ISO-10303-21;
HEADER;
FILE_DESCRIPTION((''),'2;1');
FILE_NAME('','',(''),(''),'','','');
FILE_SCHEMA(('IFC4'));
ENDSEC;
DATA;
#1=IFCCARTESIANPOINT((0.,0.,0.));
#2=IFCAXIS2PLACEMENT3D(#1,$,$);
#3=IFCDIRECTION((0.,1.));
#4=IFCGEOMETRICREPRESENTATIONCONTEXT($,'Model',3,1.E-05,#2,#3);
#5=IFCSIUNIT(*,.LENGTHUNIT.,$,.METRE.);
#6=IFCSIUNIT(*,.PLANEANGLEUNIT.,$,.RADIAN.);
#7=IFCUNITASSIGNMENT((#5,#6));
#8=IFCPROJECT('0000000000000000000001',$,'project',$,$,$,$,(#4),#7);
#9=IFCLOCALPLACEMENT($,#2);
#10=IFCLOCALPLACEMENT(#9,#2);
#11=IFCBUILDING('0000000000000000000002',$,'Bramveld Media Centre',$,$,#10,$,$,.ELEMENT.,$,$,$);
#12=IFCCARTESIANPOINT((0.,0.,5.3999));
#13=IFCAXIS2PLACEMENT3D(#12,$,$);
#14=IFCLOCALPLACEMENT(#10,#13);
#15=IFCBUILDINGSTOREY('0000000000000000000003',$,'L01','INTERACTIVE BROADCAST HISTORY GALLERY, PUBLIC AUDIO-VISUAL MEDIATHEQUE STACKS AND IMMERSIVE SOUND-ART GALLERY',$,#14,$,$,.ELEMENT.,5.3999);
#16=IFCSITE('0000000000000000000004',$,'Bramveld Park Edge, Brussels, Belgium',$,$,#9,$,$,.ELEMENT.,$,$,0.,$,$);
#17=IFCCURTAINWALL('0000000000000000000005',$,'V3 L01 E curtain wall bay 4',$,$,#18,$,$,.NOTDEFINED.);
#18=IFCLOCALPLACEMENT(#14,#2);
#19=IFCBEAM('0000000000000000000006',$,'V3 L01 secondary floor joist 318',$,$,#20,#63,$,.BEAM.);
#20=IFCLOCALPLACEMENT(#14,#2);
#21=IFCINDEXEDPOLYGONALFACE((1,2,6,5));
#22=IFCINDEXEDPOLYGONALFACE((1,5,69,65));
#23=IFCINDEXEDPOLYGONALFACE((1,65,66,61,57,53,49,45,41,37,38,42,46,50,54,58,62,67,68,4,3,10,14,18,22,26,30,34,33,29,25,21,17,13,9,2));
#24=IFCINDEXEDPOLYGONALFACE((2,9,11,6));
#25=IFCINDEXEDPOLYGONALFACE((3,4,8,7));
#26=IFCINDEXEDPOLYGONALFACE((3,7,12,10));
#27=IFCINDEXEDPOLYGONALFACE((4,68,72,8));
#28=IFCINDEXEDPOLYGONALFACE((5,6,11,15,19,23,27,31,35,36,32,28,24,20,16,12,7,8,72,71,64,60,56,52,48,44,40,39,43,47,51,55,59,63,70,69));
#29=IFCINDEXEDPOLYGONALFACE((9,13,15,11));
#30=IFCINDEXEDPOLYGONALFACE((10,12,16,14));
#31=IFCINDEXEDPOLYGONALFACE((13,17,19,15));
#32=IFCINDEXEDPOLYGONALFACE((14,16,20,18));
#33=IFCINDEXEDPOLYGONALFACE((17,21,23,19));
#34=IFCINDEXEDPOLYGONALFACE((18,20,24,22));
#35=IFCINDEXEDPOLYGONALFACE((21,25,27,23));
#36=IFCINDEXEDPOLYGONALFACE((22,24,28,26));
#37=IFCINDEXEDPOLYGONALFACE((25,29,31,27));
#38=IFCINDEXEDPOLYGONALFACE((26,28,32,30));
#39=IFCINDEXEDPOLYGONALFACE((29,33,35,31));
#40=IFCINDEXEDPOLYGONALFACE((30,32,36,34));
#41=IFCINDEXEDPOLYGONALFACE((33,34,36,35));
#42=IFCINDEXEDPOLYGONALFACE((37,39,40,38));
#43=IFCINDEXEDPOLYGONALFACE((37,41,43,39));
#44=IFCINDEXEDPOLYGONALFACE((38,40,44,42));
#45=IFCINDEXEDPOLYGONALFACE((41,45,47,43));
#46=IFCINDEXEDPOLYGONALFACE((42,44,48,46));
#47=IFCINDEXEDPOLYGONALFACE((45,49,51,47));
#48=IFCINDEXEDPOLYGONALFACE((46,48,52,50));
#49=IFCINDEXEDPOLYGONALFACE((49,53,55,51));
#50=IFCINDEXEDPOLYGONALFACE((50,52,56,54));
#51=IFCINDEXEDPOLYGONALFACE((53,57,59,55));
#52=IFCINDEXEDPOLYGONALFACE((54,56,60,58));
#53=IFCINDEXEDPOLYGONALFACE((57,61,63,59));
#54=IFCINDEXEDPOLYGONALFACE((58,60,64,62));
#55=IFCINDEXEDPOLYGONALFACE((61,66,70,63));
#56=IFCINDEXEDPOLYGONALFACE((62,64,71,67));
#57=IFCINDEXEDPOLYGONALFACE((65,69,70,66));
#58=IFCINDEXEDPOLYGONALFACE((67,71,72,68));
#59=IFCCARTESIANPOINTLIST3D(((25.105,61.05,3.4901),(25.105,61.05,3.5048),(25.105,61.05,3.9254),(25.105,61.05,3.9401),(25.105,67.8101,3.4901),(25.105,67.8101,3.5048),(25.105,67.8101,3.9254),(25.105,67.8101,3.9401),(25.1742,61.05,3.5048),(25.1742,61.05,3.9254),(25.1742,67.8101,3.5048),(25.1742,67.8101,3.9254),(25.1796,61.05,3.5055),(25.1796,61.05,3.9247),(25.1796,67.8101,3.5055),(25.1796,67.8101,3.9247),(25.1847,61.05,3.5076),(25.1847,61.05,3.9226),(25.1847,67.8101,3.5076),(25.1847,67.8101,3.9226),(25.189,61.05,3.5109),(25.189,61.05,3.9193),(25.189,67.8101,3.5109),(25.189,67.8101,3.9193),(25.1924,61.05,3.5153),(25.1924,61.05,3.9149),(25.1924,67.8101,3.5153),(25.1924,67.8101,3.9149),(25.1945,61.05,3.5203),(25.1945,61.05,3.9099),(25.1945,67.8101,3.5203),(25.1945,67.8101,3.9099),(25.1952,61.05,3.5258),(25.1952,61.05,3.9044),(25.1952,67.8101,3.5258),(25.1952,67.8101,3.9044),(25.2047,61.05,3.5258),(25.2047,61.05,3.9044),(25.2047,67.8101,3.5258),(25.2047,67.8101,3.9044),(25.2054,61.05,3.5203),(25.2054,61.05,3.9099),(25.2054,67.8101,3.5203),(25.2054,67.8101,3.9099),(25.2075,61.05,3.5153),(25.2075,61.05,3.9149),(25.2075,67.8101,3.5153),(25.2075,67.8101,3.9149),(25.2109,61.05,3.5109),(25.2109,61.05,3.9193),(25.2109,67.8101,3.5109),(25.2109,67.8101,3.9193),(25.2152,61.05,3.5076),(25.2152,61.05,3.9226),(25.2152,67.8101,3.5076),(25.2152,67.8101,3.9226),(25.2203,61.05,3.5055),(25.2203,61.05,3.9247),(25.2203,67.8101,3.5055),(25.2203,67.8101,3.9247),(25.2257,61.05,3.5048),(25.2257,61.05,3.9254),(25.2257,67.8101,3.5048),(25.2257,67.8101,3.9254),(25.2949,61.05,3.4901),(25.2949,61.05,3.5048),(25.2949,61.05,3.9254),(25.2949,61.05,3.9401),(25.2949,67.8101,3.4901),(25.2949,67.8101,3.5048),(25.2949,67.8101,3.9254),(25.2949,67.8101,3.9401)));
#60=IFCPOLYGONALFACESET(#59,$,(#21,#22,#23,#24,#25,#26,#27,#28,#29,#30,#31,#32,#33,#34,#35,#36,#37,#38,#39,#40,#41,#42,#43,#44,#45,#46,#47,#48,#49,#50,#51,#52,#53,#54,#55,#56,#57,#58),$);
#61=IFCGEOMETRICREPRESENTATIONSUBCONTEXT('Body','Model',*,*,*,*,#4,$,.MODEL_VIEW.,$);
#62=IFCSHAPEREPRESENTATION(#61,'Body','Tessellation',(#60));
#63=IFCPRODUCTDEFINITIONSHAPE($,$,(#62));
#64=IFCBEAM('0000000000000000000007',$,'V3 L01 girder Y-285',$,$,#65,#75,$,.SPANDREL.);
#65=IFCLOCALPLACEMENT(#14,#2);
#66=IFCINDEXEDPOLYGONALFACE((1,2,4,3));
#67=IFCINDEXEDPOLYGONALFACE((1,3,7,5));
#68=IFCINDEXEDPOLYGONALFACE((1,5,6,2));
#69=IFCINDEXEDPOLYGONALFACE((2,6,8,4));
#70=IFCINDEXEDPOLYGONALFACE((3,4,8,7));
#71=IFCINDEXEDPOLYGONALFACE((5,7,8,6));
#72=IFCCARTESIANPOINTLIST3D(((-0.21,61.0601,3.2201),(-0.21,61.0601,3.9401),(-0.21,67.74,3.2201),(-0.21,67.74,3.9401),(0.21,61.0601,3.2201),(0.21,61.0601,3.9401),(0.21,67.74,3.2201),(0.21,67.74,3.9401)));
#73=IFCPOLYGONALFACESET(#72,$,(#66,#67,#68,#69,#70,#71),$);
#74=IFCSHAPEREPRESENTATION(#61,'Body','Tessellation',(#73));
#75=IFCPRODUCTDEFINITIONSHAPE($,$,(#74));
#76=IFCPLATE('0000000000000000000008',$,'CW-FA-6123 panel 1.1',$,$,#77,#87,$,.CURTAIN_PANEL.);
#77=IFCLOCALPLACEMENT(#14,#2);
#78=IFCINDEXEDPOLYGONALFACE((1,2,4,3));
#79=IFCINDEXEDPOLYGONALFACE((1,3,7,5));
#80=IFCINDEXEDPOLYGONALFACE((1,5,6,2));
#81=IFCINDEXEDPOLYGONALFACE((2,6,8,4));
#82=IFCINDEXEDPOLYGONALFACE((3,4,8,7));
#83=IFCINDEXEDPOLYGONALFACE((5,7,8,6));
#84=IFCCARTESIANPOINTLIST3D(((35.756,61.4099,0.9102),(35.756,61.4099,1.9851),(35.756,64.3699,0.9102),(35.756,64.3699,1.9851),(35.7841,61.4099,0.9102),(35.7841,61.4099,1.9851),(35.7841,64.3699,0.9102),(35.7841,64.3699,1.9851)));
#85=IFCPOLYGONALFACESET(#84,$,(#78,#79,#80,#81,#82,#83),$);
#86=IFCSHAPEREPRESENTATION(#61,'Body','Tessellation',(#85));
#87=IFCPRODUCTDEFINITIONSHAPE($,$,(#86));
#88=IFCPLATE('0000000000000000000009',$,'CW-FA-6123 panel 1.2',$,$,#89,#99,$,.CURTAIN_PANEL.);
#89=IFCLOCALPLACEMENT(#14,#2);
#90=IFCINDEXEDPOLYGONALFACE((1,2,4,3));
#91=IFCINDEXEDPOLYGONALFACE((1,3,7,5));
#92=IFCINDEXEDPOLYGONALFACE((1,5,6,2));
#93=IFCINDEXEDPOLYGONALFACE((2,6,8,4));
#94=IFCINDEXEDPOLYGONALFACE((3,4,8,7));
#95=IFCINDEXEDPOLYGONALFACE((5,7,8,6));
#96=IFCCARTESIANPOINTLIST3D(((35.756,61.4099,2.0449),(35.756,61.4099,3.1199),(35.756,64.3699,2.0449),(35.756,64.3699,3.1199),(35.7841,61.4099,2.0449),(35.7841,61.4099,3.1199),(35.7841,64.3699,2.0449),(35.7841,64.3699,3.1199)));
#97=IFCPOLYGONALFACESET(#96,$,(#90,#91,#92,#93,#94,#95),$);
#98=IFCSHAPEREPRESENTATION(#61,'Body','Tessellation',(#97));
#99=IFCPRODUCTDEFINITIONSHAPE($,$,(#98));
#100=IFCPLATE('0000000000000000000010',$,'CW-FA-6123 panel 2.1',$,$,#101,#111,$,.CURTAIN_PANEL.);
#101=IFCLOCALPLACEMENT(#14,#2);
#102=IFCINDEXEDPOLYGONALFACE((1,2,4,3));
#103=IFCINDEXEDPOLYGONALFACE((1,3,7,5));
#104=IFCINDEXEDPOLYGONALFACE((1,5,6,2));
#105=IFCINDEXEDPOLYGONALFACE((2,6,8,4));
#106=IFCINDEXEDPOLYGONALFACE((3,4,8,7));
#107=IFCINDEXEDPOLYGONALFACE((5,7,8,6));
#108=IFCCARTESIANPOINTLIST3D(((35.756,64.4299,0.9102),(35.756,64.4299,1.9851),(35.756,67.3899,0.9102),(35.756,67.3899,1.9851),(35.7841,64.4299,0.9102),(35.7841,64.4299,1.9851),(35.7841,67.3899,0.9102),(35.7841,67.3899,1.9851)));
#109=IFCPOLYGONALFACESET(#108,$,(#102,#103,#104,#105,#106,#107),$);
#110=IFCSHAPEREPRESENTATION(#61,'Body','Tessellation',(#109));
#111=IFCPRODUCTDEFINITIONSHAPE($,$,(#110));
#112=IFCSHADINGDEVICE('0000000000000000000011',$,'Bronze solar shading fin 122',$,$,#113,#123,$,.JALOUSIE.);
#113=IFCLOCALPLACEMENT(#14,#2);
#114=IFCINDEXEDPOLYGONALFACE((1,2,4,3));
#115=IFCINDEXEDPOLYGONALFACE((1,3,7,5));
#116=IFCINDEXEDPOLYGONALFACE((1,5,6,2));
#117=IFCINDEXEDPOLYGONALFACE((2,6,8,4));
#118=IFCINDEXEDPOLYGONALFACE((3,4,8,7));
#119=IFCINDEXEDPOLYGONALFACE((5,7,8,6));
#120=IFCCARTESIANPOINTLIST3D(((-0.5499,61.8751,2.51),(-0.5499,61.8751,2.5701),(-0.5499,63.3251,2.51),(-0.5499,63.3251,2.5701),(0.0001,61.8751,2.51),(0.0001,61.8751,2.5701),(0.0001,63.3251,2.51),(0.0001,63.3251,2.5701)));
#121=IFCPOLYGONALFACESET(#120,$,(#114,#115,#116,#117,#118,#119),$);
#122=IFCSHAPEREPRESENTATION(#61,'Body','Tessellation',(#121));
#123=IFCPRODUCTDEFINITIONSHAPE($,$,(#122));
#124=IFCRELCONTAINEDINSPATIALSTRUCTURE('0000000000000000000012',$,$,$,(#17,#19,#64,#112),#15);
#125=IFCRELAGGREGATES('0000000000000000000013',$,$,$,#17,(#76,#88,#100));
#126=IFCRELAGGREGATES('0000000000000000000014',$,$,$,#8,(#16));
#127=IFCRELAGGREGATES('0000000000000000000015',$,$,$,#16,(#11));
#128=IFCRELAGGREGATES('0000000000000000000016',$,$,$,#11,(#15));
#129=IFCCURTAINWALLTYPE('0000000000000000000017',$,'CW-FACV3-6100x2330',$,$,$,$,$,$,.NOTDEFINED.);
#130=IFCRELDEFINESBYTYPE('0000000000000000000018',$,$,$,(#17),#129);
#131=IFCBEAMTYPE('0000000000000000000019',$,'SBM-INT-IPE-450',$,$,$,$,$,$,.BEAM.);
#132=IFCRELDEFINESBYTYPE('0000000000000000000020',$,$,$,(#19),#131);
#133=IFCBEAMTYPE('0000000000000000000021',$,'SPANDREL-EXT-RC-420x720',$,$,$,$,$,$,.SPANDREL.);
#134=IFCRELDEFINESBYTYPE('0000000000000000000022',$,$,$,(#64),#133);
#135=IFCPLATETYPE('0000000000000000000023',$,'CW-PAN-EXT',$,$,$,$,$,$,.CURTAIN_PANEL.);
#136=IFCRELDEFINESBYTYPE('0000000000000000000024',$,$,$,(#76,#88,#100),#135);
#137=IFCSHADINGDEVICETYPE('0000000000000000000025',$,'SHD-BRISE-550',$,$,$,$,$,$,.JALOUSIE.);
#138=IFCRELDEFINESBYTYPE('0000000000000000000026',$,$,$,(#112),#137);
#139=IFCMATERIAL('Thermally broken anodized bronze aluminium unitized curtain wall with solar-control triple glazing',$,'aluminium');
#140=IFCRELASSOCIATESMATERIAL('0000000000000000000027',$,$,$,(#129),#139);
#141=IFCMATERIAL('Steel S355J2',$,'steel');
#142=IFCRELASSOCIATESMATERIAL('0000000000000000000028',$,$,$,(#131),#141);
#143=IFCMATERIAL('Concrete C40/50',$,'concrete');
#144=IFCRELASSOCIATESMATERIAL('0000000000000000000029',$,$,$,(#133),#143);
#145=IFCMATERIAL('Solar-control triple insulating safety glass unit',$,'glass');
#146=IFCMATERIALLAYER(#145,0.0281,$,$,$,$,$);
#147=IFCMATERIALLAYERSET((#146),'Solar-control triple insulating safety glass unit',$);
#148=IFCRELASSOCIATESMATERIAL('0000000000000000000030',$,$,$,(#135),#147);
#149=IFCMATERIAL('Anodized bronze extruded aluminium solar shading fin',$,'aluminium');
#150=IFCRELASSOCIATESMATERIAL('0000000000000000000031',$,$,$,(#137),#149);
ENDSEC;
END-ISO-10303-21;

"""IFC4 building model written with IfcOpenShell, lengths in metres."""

from ifc_helpers import new_model, si_unit, direction, frame, origin, origin_2d, place, context, subcontext, project, spatial, rectangle, i_section, extrude, material, layer, layer_set, material_profile, profile_set, type_object, element, aggregate, save


model = new_model("IFC4")

# Units and contexts
model_context = context("Model", 3, precision=1e-05, world=origin(), true_north=direction((0.0, 1.0)))
body_context = subcontext(model_context, "Body", "Model", "MODEL_VIEW")
ifc_project = project(units=[si_unit("LENGTHUNIT", "METRE"), si_unit("PLANEANGLEUNIT", "RADIAN")], contexts=[model_context])

# Site, building, storey
site_placement = place(None, origin())
site = spatial("IfcSite", under=ifc_project, at=site_placement, Name="Bramveld Park Edge, Brussels, Belgium", CompositionType="ELEMENT", RefElevation=0.0)
building_placement = place(site_placement, origin())
building = spatial("IfcBuilding", under=site, at=building_placement, Name="Bramveld Media Centre", CompositionType="ELEMENT")
storey_placement = place(building_placement, frame((0.0, 0.0, 5.3999)))
storey = spatial("IfcBuildingStorey", under=building, at=storey_placement, Name="L01", Description="INTERACTIVE BROADCAST HISTORY GALLERY, PUBLIC AUDIO-VISUAL MEDIATHEQUE STACKS AND IMMERSIVE SOUND-ART GALLERY", CompositionType="ELEMENT", Elevation=5.3999)

# Curtain wall
ifc_material_1 = material(Name="Thermally broken anodized bronze aluminium unitized curtain wall with solar-control triple glazing", Category="aluminium")
curtain_wall_type = type_object("IfcCurtainWallType", Name="CW-FACV3-6100x2330", PredefinedType="NOTDEFINED", material=ifc_material_1)
curtain_wall_placement = place(storey_placement, origin())
curtain_wall = element("IfcCurtainWall", 1, at=curtain_wall_placement, inside=storey, type_object=curtain_wall_type, Name="V3 L01 E curtain wall bay 4", PredefinedType="NOTDEFINED")

# Beams
ifc_material_2 = material(Name="Steel S355J2", Category="steel")
ifc_material_profile_1 = material_profile(ifc_material_2, i_section(OverallWidth=0.1899, OverallDepth=0.45, WebThickness=0.0095, FlangeThickness=0.0146, FilletRadius=0.021, at=origin_2d()), Name="IPE 450")
ifc_profile_set_1 = profile_set([ifc_material_profile_1], Name="Steel S355J2")
beam_type_1 = type_object("IfcBeamType", Name="SBM-INT-IPE-450", PredefinedType="BEAM", material=ifc_profile_set_1)
beam_1_placement = place(storey_placement, frame((25.2, 61.05, 3.7151), z_axis=(0.0, 1.0, 0.0), x_axis=(-1.0, 0.0, 0.0)))
element("IfcBeam", 2, at=beam_1_placement, inside=storey, type_object=beam_type_1, Name="V3 L01 secondary floor joist 318", PredefinedType="BEAM", context=body_context, shape_type="SweptSolid", body=[
    extrude(i_section(OverallWidth=0.1899, OverallDepth=0.45, WebThickness=0.0095, FlangeThickness=0.0146, FilletRadius=0.021, at=origin_2d()), origin(), (0.0, 0.0, 1.0), 6.76),
])
ifc_material_3 = material(Name="Concrete C40/50", Category="concrete")
ifc_material_profile_2 = material_profile(ifc_material_3, rectangle(XDim=0.4199, YDim=0.72, at=origin_2d()), Name="RC 420x720")
ifc_profile_set_2 = profile_set([ifc_material_profile_2], Name="Concrete C40/50")
beam_type_2 = type_object("IfcBeamType", Name="SPANDREL-EXT-RC-420x720", PredefinedType="SPANDREL", material=ifc_profile_set_2)
beam_2_placement = place(storey_placement, frame((0.0, 61.0601, 3.5801), z_axis=(0.0, 1.0, 0.0), x_axis=(-1.0, 0.0, 0.0)))
element("IfcBeam", 3, at=beam_2_placement, inside=storey, type_object=beam_type_2, Name="V3 L01 girder Y-285", PredefinedType="SPANDREL", context=body_context, shape_type="SweptSolid", body=[
    extrude(rectangle(XDim=0.4199, YDim=0.72, at=origin_2d()), origin(), (0.0, 0.0, 1.0), 6.6799),
])

# Plates
ifc_material_4 = material(Name="Solar-control triple insulating safety glass unit", Category="glass")
ifc_layer = layer(ifc_material_4, 0.0281)
ifc_layer_set = layer_set([ifc_layer], Name="Solar-control triple insulating safety glass unit")
plate_type = type_object("IfcPlateType", Name="CW-PAN-EXT", PredefinedType="CURTAIN_PANEL", material=ifc_layer_set)
plate_1_placement = place(storey_placement, frame((35.77, 62.8899, 0.9102), z_axis=(0.0, 0.0, 1.0), x_axis=(0.0, 1.0, 0.0)))
plate_1 = element("IfcPlate", 4, at=plate_1_placement, type_object=plate_type, Name="CW-FA-6123 panel 1.1", PredefinedType="CURTAIN_PANEL", context=body_context, shape_type="SweptSolid", body=[
    extrude(rectangle(XDim=2.96, YDim=0.0281, at=origin_2d()), origin(), (0.0, 0.0, 1.0), 1.075),
])
plate_2_placement = place(storey_placement, frame((35.77, 62.8899, 2.0449), z_axis=(0.0, 0.0, 1.0), x_axis=(0.0, 1.0, 0.0)))
plate_2 = element("IfcPlate", 5, at=plate_2_placement, type_object=plate_type, Name="CW-FA-6123 panel 1.2", PredefinedType="CURTAIN_PANEL", context=body_context, shape_type="SweptSolid", body=[
    extrude(rectangle(XDim=2.96, YDim=0.0281, at=origin_2d()), origin(), (0.0, 0.0, 1.0), 1.075),
])
plate_3_placement = place(storey_placement, frame((35.77, 65.9099, 0.9102), z_axis=(0.0, 0.0, 1.0), x_axis=(0.0, 1.0, 0.0)))
plate_3 = element("IfcPlate", 6, at=plate_3_placement, type_object=plate_type, Name="CW-FA-6123 panel 2.1", PredefinedType="CURTAIN_PANEL", context=body_context, shape_type="SweptSolid", body=[
    extrude(rectangle(XDim=2.96, YDim=0.0281, at=origin_2d()), origin(), (0.0, 0.0, 1.0), 1.075),
])
aggregate(curtain_wall, [plate_1, plate_2, plate_3])

# Shading device
ifc_material_5 = material(Name="Anodized bronze extruded aluminium solar shading fin", Category="aluminium")
shading_device_type = type_object("IfcShadingDeviceType", Name="SHD-BRISE-550", PredefinedType="JALOUSIE", material=ifc_material_5)
shading_device_placement = place(storey_placement, frame((-0.2749, 62.6001, 2.51), z_axis=(0.0, 0.0, 1.0), x_axis=(1.0, 0.0, 0.0)))
element("IfcShadingDevice", 7, at=shading_device_placement, inside=storey, type_object=shading_device_type, Name="Bronze solar shading fin 122", PredefinedType="JALOUSIE", context=body_context, shape_type="SweptSolid", body=[
    extrude(rectangle(XDim=0.55, YDim=1.45, at=origin_2d()), origin(), (0.0, 0.0, 1.0), 0.0601),
])

save(model, "model.ifc")
